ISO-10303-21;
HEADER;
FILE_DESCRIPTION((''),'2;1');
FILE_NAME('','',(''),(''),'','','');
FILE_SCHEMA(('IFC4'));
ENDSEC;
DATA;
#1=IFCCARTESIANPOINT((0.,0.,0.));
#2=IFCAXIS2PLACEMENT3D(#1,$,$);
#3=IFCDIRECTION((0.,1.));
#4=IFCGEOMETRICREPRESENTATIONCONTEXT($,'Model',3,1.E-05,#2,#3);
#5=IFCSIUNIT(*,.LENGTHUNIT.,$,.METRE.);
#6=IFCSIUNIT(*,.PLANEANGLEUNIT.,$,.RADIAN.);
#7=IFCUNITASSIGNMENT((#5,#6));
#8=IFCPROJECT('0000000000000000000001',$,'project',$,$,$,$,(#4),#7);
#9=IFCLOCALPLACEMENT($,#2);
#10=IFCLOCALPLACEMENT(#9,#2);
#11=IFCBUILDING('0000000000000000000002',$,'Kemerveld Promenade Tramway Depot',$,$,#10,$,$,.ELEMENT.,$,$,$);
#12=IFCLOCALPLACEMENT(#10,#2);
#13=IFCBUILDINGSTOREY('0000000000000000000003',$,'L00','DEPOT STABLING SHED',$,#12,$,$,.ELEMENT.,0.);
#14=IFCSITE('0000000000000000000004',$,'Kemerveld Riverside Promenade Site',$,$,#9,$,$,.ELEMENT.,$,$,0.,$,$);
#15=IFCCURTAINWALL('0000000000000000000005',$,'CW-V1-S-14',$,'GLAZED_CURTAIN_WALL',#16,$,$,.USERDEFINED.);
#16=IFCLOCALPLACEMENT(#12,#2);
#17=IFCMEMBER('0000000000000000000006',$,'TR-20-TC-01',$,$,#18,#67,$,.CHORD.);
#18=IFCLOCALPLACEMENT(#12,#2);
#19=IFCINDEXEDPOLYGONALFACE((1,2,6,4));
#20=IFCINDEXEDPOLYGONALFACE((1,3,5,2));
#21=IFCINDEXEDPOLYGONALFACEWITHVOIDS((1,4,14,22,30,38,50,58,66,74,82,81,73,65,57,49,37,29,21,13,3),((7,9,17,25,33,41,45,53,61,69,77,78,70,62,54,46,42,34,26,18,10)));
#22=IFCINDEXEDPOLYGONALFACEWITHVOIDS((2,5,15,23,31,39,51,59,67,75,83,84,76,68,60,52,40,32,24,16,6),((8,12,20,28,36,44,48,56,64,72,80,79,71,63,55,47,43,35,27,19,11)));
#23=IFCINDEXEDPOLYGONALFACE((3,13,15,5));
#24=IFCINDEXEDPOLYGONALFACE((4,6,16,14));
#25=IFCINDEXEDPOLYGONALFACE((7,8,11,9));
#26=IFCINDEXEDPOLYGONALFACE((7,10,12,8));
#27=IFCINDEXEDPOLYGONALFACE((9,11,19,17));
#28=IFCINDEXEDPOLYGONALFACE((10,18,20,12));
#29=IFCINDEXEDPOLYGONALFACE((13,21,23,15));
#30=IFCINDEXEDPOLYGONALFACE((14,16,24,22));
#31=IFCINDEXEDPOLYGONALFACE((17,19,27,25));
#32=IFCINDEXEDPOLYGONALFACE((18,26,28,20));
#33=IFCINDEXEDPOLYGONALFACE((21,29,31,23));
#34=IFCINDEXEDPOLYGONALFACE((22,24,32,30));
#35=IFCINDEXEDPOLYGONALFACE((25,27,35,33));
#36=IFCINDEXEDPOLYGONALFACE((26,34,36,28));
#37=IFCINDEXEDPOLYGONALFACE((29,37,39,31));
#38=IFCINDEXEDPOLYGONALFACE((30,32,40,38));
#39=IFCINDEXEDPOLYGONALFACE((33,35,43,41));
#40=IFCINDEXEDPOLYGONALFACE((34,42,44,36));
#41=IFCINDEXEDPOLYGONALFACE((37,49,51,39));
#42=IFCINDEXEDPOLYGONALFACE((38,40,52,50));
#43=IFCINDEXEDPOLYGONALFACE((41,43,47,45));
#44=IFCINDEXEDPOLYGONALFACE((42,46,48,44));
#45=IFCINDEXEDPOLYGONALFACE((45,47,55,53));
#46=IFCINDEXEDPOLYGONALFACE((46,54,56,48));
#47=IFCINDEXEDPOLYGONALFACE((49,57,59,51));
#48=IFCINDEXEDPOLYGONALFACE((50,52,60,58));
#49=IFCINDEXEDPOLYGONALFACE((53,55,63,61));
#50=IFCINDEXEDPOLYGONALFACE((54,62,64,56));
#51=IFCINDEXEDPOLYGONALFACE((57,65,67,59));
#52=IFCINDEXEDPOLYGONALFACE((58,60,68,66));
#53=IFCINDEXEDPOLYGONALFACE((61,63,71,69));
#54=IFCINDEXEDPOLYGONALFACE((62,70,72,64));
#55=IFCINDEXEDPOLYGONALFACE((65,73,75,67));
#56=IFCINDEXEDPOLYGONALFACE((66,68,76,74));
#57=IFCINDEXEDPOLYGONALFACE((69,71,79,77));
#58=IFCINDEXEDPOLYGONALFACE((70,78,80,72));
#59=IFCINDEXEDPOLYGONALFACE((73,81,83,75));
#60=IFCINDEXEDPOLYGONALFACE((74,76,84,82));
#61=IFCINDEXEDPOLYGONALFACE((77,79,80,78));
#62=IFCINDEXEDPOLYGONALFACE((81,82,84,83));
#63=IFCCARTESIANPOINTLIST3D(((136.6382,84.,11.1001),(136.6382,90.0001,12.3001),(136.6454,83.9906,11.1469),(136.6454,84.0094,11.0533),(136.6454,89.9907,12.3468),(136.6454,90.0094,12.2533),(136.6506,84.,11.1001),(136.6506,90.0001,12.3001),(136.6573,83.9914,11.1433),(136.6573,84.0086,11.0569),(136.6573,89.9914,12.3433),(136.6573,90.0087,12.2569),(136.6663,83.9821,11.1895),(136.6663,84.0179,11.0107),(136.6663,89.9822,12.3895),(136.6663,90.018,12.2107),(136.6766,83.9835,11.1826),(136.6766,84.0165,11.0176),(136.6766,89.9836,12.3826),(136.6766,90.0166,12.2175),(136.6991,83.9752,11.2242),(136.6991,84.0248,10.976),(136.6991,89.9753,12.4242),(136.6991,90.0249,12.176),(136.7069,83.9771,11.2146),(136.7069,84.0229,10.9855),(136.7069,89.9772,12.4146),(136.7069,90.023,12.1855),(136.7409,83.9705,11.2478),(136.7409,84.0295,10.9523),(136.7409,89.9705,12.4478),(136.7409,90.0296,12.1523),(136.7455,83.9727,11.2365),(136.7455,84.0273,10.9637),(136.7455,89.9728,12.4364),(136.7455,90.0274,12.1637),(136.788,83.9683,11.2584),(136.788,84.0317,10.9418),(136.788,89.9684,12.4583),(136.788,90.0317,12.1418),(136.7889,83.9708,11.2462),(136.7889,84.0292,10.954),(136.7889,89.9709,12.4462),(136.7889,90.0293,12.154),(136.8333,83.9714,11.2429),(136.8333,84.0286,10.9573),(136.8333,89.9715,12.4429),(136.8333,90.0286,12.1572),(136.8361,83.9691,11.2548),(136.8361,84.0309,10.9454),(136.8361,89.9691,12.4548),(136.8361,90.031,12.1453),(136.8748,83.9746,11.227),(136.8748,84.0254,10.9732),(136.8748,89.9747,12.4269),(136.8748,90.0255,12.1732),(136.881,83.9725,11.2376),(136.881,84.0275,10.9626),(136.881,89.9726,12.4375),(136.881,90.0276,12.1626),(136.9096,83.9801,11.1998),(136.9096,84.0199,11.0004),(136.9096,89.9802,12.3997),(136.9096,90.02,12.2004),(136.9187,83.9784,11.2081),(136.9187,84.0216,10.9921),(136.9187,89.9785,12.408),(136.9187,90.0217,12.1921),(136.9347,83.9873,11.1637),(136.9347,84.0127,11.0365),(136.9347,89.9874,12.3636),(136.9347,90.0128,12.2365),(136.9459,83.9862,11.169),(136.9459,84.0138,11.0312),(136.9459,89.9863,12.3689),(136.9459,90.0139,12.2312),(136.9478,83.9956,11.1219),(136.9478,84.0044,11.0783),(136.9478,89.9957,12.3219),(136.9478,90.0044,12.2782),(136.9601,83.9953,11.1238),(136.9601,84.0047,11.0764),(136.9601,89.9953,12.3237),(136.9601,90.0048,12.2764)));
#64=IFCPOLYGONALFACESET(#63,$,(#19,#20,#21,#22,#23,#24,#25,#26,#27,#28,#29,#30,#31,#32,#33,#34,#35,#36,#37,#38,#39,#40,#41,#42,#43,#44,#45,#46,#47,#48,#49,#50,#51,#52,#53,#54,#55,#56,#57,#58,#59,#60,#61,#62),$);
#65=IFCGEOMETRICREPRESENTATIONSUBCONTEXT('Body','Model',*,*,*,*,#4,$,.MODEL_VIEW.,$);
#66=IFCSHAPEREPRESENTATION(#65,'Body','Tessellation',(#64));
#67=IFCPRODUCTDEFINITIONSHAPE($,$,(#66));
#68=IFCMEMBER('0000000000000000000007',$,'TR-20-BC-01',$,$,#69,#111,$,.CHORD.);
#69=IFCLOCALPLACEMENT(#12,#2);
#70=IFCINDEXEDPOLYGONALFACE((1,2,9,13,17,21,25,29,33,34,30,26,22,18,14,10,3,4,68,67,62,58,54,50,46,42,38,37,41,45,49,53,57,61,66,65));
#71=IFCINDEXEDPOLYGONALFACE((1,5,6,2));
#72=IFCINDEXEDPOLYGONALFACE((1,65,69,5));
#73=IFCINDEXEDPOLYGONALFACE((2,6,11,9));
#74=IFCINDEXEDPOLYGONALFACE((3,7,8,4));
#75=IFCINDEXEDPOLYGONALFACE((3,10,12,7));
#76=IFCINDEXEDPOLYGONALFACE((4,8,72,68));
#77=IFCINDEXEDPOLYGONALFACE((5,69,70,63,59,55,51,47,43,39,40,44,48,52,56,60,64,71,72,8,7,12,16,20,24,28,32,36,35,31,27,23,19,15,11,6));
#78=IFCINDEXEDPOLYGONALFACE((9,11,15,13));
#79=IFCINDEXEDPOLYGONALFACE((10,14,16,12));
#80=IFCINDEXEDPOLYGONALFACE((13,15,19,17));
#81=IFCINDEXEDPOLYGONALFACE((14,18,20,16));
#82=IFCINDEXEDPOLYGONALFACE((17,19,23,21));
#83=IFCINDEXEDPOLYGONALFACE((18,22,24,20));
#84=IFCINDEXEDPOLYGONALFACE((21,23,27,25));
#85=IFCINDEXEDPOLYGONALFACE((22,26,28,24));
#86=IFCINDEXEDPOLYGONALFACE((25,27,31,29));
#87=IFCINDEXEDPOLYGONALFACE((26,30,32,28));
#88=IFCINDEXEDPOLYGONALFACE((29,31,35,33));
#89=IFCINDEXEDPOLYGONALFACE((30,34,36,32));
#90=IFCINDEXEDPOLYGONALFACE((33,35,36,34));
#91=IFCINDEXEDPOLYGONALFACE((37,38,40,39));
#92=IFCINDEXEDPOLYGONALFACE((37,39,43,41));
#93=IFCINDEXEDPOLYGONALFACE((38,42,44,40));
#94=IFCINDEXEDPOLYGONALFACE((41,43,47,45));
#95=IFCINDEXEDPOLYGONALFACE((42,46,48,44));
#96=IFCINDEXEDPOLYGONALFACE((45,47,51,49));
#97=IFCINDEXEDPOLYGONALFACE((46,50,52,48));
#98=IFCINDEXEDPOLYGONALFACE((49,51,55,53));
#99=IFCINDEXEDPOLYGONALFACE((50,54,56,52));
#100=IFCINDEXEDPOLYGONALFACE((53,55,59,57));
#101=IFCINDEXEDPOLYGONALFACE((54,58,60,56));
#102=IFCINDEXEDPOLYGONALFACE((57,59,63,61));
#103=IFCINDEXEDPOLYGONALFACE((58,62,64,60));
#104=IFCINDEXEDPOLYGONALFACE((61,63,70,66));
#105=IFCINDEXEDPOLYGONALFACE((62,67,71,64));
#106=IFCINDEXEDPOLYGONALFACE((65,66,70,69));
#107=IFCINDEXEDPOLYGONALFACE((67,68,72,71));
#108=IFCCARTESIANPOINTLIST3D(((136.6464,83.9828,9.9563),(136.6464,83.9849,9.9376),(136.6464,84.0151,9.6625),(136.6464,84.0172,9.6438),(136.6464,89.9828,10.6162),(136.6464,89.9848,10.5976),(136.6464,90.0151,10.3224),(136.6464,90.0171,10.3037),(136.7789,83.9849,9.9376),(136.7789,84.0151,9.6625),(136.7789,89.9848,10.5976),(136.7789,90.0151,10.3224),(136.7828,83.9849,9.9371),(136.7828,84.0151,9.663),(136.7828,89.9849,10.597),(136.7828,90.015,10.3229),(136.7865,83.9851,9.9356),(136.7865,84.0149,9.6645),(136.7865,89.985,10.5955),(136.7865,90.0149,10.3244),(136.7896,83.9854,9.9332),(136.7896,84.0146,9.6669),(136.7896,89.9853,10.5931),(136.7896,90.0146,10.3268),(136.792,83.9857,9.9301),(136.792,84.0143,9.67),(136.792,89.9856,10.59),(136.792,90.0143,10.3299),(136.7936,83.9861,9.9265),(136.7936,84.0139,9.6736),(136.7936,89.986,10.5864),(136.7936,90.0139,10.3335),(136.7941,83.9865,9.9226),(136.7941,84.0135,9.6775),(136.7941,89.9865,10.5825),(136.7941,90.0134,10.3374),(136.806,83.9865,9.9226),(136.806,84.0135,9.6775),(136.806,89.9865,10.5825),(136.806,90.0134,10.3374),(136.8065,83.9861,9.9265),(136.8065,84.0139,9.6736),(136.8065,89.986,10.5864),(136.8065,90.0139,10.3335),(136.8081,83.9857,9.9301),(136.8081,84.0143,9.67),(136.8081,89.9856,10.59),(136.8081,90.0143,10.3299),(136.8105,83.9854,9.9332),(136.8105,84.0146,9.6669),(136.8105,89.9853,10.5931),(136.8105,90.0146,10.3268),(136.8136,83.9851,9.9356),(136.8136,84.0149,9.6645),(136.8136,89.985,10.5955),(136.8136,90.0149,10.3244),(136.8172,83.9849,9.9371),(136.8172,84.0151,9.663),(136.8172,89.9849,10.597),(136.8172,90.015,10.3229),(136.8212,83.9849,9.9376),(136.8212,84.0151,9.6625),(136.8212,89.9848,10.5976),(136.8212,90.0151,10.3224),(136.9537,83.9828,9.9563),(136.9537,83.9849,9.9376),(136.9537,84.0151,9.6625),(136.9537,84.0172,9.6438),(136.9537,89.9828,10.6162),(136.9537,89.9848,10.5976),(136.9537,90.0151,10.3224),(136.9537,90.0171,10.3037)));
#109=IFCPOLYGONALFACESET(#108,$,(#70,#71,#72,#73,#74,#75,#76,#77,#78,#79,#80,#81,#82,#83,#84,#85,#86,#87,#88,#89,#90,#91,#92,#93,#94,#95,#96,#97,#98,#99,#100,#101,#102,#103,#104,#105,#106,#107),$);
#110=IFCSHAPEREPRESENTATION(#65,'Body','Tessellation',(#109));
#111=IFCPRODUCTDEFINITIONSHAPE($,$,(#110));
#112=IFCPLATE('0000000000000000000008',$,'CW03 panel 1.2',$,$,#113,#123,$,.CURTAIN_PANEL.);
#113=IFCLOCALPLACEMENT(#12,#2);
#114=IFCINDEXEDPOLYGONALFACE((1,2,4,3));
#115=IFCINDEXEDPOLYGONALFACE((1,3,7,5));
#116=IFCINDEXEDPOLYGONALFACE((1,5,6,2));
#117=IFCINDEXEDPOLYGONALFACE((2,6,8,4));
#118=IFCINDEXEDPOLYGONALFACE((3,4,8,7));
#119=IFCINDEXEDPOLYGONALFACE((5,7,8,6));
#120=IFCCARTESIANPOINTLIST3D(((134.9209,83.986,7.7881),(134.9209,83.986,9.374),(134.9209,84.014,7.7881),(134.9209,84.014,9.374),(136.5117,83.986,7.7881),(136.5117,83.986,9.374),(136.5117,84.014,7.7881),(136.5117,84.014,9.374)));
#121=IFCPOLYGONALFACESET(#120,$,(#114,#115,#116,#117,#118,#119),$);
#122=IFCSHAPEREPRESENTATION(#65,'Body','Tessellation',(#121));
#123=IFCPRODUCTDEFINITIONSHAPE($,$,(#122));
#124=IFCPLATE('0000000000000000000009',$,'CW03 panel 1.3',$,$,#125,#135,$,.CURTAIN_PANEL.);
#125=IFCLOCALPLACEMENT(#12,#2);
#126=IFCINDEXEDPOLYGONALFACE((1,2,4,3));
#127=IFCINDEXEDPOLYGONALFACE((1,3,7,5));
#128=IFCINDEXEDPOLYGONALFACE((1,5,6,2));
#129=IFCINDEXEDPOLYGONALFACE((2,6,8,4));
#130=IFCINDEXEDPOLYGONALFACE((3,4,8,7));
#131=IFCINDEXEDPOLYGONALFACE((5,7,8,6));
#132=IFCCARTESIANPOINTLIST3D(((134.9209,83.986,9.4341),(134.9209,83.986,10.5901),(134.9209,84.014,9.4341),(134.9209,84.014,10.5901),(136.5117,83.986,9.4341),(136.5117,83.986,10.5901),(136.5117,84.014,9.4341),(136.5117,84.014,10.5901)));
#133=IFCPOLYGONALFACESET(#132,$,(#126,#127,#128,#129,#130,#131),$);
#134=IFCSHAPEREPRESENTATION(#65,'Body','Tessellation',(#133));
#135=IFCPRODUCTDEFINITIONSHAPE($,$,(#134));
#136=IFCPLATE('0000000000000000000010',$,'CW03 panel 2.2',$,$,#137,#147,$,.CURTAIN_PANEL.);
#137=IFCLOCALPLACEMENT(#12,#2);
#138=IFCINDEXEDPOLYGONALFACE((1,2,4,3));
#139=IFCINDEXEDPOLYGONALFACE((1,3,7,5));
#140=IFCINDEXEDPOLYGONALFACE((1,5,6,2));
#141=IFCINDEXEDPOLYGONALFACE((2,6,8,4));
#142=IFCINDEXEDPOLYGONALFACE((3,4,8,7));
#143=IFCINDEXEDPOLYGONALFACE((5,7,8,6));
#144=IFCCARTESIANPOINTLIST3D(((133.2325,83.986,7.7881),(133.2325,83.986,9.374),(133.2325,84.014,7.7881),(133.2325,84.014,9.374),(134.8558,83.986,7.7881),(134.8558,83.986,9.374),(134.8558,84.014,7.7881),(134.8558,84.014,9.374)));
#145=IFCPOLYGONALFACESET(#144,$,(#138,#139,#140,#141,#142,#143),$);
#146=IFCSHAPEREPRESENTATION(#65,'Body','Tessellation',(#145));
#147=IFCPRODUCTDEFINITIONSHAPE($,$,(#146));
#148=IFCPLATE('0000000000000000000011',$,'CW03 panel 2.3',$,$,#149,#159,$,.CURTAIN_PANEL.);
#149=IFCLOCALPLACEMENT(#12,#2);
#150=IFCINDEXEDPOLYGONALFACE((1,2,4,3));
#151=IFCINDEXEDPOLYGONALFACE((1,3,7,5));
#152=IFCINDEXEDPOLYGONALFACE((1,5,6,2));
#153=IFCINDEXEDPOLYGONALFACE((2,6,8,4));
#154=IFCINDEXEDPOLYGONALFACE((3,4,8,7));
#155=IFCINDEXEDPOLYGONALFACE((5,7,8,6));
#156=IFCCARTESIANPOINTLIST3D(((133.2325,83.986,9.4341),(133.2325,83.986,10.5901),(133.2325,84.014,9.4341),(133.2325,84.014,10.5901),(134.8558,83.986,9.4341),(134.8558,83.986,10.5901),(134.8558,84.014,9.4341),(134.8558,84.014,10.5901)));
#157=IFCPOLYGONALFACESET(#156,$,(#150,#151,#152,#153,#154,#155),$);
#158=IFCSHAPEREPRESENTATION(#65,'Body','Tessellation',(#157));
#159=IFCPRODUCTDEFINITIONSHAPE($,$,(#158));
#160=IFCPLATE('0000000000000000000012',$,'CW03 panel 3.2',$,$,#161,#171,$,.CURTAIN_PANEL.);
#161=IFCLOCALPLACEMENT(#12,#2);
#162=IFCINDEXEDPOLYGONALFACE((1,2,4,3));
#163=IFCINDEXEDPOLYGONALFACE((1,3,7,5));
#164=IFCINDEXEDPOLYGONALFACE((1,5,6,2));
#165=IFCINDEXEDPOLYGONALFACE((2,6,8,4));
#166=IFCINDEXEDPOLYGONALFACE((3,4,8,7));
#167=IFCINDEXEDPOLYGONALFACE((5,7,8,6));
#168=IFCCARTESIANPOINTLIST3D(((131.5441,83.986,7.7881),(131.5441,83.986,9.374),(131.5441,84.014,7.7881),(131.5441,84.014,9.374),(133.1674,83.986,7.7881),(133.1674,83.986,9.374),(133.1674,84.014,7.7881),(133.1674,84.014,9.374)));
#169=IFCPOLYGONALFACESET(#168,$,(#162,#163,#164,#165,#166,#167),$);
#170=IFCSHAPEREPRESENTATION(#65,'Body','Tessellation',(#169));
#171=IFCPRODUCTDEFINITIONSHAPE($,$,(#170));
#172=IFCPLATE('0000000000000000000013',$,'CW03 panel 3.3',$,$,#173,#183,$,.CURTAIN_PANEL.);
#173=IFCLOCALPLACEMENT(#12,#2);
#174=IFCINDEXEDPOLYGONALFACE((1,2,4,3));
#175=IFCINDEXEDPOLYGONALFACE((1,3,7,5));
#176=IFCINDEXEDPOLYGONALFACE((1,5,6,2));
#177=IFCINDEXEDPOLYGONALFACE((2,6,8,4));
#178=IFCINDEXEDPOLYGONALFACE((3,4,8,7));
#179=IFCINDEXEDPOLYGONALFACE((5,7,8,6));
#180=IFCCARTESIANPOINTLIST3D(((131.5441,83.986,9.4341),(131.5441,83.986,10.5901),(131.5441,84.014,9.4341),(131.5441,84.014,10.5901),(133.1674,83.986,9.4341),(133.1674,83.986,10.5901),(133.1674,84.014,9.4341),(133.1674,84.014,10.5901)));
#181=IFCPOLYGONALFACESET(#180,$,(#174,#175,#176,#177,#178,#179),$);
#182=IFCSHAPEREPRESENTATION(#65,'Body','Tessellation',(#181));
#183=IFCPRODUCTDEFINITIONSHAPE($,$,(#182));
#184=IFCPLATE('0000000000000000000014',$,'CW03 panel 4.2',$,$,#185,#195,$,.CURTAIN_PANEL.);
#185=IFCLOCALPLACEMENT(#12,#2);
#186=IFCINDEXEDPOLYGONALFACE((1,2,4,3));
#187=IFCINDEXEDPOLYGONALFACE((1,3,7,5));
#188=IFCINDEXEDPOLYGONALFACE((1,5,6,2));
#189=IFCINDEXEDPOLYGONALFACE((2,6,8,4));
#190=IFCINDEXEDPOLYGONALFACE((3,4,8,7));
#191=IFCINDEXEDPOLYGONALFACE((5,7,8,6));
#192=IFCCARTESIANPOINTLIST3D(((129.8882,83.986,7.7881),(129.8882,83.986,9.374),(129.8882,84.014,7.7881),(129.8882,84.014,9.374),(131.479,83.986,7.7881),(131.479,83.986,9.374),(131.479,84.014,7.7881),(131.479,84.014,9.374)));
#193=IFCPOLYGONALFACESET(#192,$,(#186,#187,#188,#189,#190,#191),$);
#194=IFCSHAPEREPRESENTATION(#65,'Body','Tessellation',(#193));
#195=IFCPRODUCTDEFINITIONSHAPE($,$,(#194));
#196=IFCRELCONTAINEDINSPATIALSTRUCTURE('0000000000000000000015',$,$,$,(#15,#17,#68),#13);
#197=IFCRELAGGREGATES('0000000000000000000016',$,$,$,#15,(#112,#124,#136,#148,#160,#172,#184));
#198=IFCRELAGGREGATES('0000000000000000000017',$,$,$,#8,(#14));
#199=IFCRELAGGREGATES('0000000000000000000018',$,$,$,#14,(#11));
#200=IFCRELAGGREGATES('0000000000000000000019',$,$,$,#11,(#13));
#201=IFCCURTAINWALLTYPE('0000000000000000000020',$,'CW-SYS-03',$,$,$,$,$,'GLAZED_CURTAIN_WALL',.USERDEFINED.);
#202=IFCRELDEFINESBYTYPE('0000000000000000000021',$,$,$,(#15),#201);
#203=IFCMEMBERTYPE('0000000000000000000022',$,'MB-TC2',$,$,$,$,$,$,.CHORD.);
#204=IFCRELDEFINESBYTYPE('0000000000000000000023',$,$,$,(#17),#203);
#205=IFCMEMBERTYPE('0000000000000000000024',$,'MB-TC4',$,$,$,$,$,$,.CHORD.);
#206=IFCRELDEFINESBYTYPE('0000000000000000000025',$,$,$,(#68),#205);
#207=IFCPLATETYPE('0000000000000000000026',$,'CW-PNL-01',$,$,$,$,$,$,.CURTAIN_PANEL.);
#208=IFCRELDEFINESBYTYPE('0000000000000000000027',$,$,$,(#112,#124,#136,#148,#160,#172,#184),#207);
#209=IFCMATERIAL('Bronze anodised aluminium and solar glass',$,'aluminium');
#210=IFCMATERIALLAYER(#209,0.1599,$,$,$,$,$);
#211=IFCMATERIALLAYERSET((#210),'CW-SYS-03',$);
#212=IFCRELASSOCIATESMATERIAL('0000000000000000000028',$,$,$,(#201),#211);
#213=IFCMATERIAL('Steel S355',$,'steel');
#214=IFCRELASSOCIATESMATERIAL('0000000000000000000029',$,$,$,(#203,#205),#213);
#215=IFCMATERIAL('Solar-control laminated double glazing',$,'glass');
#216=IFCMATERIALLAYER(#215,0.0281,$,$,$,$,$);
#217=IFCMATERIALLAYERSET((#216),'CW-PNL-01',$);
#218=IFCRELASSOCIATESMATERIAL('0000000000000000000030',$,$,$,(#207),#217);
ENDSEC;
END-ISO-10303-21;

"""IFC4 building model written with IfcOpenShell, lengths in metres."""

from ifc_helpers import new_model, si_unit, direction, frame, origin, origin_2d, place, context, subcontext, project, spatial, rectangle, hollow_circle, i_section, extrude, material, layer, layer_set, material_profile, profile_set, type_object, element, aggregate, save


model = new_model("IFC4")

# Units and contexts
model_context = context("Model", 3, precision=1e-05, world=origin(), true_north=direction((0.0, 1.0)))
body_context = subcontext(model_context, "Body", "Model", "MODEL_VIEW")
ifc_project = project(units=[si_unit("LENGTHUNIT", "METRE"), si_unit("PLANEANGLEUNIT", "RADIAN")], contexts=[model_context])

# Site, building, storey
site_placement = place(None, origin())
site = spatial("IfcSite", under=ifc_project, at=site_placement, Name="Kemerveld Riverside Promenade Site", CompositionType="ELEMENT", RefElevation=0.0)
building_placement = place(site_placement, origin())
building = spatial("IfcBuilding", under=site, at=building_placement, Name="Kemerveld Promenade Tramway Depot", CompositionType="ELEMENT")
storey_placement = place(building_placement, origin())
storey = spatial("IfcBuildingStorey", under=building, at=storey_placement, Name="L00", Description="DEPOT STABLING SHED", CompositionType="ELEMENT", Elevation=0.0)

# Shared definitions
ifc_material_1 = material(Name="Steel S355", Category="steel")

# Curtain wall
ifc_material_2 = material(Name="Bronze anodised aluminium and solar glass", Category="aluminium")
ifc_layer_1 = layer(ifc_material_2, 0.1599)
ifc_layer_set_1 = layer_set([ifc_layer_1], Name="CW-SYS-03")
curtain_wall_type_1 = type_object("IfcCurtainWallType", Name="CW-SYS-03", ElementType="GLAZED_CURTAIN_WALL", PredefinedType="USERDEFINED", material=ifc_layer_set_1)
curtain_wall_1_placement = place(storey_placement, origin())
curtain_wall_1 = element("IfcCurtainWall", 1, at=curtain_wall_1_placement, inside=storey, type_object=curtain_wall_type_1, Name="CW-V1-S-14", ObjectType="GLAZED_CURTAIN_WALL", PredefinedType="USERDEFINED")

# Members
ifc_material_profile_1 = material_profile(ifc_material_1, hollow_circle(Radius=0.1619, WallThickness=0.0125, at=origin_2d()), Name="323.9x12.5 CHS")
ifc_profile_set_1 = profile_set([ifc_material_profile_1], Name="Steel S355")
member_type_1 = type_object("IfcMemberType", Name="MB-TC2", PredefinedType="CHORD", material=ifc_profile_set_1)
member_1_placement = place(storey_placement, frame((136.8, 84.0, 11.1001), z_axis=(0.0, 0.980582, 0.196108), x_axis=(-1.0, 0.0, 0.0)))
element("IfcMember", 2, at=member_1_placement, inside=storey, type_object=member_type_1, Name="TR-20-TC-01", PredefinedType="CHORD", context=body_context, shape_type="SweptSolid", body=[
    extrude(hollow_circle(Radius=0.1619, WallThickness=0.0125, at=origin_2d()), origin(), (0.0, 0.0, 1.0), 6.1189),
])
ifc_material_profile_2 = material_profile(ifc_material_1, i_section(OverallWidth=0.3074, OverallDepth=0.3145, WebThickness=0.012, FlangeThickness=0.0188, FilletRadius=0.0151, at=origin_2d()), Name="305x305x118 UC")
ifc_profile_set_2 = profile_set([ifc_material_profile_2], Name="Steel S355")
member_type_2 = type_object("IfcMemberType", Name="MB-TC4", PredefinedType="CHORD", material=ifc_profile_set_2)
member_2_placement = place(storey_placement, frame((136.8, 84.0, 9.8), z_axis=(0.0, 0.994006, 0.109326), x_axis=(-1.0, 0.0, 0.0)))
element("IfcMember", 3, at=member_2_placement, inside=storey, type_object=member_type_2, Name="TR-20-BC-01", PredefinedType="CHORD", context=body_context, shape_type="SweptSolid", body=[
    extrude(i_section(OverallWidth=0.3074, OverallDepth=0.3145, WebThickness=0.012, FlangeThickness=0.0188, FilletRadius=0.0151, at=origin_2d()), origin(), (0.0, 0.0, 1.0), 6.0361),
])

# Plates
ifc_material_3 = material(Name="Solar-control laminated double glazing", Category="glass")
ifc_layer_2 = layer(ifc_material_3, 0.0281)
ifc_layer_set_2 = layer_set([ifc_layer_2], Name="CW-PNL-01")
plate_type_1 = type_object("IfcPlateType", Name="CW-PNL-01", PredefinedType="CURTAIN_PANEL", material=ifc_layer_set_2)
plate_1_placement = place(storey_placement, frame((135.7163, 84.0, 7.7881), z_axis=(0.0, 0.0, 1.0), x_axis=(-1.0, 0.0, 0.0)))
plate_1 = element("IfcPlate", 4, at=plate_1_placement, type_object=plate_type_1, Name="CW03 panel 1.2", PredefinedType="CURTAIN_PANEL", context=body_context, shape_type="SweptSolid", body=[
    extrude(rectangle(XDim=1.5908, YDim=0.0281, at=origin_2d()), origin(), (0.0, 0.0, 1.0), 1.5859),
])
plate_2_placement = place(storey_placement, frame((135.7163, 84.0, 9.4341), z_axis=(0.0, 0.0, 1.0), x_axis=(-1.0, 0.0, 0.0)))
plate_2 = element("IfcPlate", 5, at=plate_2_placement, type_object=plate_type_1, Name="CW03 panel 1.3", PredefinedType="CURTAIN_PANEL", context=body_context, shape_type="SweptSolid", body=[
    extrude(rectangle(XDim=1.5908, YDim=0.0281, at=origin_2d()), origin(), (0.0, 0.0, 1.0), 1.156),
])
plate_3_placement = place(storey_placement, frame((134.0442, 84.0, 7.7881), z_axis=(0.0, 0.0, 1.0), x_axis=(-1.0, 0.0, 0.0)))
plate_3 = element("IfcPlate", 6, at=plate_3_placement, type_object=plate_type_1, Name="CW03 panel 2.2", PredefinedType="CURTAIN_PANEL", context=body_context, shape_type="SweptSolid", body=[
    extrude(rectangle(XDim=1.6233, YDim=0.0281, at=origin_2d()), origin(), (0.0, 0.0, 1.0), 1.5859),
])
plate_4_placement = place(storey_placement, frame((134.0442, 84.0, 9.4341), z_axis=(0.0, 0.0, 1.0), x_axis=(-1.0, 0.0, 0.0)))
plate_4 = element("IfcPlate", 7, at=plate_4_placement, type_object=plate_type_1, Name="CW03 panel 2.3", PredefinedType="CURTAIN_PANEL", context=body_context, shape_type="SweptSolid", body=[
    extrude(rectangle(XDim=1.6233, YDim=0.0281, at=origin_2d()), origin(), (0.0, 0.0, 1.0), 1.156),
])
plate_5_placement = place(storey_placement, frame((132.3557, 84.0, 7.7881), z_axis=(0.0, 0.0, 1.0), x_axis=(-1.0, 0.0, 0.0)))
plate_5 = element("IfcPlate", 8, at=plate_5_placement, type_object=plate_type_1, Name="CW03 panel 3.2", PredefinedType="CURTAIN_PANEL", context=body_context, shape_type="SweptSolid", body=[
    extrude(rectangle(XDim=1.6233, YDim=0.0281, at=origin_2d()), origin(), (0.0, 0.0, 1.0), 1.5859),
])
plate_6_placement = place(storey_placement, frame((132.3557, 84.0, 9.4341), z_axis=(0.0, 0.0, 1.0), x_axis=(-1.0, 0.0, 0.0)))
plate_6 = element("IfcPlate", 9, at=plate_6_placement, type_object=plate_type_1, Name="CW03 panel 3.3", PredefinedType="CURTAIN_PANEL", context=body_context, shape_type="SweptSolid", body=[
    extrude(rectangle(XDim=1.6233, YDim=0.0281, at=origin_2d()), origin(), (0.0, 0.0, 1.0), 1.156),
])
plate_7_placement = place(storey_placement, frame((130.6836, 84.0, 7.7881), z_axis=(0.0, 0.0, 1.0), x_axis=(-1.0, 0.0, 0.0)))
plate_7 = element("IfcPlate", 10, at=plate_7_placement, type_object=plate_type_1, Name="CW03 panel 4.2", PredefinedType="CURTAIN_PANEL", context=body_context, shape_type="SweptSolid", body=[
    extrude(rectangle(XDim=1.5908, YDim=0.0281, at=origin_2d()), origin(), (0.0, 0.0, 1.0), 1.5859),
])
aggregate(curtain_wall_1, [plate_1, plate_2, plate_3, plate_4, plate_5, plate_6, plate_7])

save(model, "model.ifc")
